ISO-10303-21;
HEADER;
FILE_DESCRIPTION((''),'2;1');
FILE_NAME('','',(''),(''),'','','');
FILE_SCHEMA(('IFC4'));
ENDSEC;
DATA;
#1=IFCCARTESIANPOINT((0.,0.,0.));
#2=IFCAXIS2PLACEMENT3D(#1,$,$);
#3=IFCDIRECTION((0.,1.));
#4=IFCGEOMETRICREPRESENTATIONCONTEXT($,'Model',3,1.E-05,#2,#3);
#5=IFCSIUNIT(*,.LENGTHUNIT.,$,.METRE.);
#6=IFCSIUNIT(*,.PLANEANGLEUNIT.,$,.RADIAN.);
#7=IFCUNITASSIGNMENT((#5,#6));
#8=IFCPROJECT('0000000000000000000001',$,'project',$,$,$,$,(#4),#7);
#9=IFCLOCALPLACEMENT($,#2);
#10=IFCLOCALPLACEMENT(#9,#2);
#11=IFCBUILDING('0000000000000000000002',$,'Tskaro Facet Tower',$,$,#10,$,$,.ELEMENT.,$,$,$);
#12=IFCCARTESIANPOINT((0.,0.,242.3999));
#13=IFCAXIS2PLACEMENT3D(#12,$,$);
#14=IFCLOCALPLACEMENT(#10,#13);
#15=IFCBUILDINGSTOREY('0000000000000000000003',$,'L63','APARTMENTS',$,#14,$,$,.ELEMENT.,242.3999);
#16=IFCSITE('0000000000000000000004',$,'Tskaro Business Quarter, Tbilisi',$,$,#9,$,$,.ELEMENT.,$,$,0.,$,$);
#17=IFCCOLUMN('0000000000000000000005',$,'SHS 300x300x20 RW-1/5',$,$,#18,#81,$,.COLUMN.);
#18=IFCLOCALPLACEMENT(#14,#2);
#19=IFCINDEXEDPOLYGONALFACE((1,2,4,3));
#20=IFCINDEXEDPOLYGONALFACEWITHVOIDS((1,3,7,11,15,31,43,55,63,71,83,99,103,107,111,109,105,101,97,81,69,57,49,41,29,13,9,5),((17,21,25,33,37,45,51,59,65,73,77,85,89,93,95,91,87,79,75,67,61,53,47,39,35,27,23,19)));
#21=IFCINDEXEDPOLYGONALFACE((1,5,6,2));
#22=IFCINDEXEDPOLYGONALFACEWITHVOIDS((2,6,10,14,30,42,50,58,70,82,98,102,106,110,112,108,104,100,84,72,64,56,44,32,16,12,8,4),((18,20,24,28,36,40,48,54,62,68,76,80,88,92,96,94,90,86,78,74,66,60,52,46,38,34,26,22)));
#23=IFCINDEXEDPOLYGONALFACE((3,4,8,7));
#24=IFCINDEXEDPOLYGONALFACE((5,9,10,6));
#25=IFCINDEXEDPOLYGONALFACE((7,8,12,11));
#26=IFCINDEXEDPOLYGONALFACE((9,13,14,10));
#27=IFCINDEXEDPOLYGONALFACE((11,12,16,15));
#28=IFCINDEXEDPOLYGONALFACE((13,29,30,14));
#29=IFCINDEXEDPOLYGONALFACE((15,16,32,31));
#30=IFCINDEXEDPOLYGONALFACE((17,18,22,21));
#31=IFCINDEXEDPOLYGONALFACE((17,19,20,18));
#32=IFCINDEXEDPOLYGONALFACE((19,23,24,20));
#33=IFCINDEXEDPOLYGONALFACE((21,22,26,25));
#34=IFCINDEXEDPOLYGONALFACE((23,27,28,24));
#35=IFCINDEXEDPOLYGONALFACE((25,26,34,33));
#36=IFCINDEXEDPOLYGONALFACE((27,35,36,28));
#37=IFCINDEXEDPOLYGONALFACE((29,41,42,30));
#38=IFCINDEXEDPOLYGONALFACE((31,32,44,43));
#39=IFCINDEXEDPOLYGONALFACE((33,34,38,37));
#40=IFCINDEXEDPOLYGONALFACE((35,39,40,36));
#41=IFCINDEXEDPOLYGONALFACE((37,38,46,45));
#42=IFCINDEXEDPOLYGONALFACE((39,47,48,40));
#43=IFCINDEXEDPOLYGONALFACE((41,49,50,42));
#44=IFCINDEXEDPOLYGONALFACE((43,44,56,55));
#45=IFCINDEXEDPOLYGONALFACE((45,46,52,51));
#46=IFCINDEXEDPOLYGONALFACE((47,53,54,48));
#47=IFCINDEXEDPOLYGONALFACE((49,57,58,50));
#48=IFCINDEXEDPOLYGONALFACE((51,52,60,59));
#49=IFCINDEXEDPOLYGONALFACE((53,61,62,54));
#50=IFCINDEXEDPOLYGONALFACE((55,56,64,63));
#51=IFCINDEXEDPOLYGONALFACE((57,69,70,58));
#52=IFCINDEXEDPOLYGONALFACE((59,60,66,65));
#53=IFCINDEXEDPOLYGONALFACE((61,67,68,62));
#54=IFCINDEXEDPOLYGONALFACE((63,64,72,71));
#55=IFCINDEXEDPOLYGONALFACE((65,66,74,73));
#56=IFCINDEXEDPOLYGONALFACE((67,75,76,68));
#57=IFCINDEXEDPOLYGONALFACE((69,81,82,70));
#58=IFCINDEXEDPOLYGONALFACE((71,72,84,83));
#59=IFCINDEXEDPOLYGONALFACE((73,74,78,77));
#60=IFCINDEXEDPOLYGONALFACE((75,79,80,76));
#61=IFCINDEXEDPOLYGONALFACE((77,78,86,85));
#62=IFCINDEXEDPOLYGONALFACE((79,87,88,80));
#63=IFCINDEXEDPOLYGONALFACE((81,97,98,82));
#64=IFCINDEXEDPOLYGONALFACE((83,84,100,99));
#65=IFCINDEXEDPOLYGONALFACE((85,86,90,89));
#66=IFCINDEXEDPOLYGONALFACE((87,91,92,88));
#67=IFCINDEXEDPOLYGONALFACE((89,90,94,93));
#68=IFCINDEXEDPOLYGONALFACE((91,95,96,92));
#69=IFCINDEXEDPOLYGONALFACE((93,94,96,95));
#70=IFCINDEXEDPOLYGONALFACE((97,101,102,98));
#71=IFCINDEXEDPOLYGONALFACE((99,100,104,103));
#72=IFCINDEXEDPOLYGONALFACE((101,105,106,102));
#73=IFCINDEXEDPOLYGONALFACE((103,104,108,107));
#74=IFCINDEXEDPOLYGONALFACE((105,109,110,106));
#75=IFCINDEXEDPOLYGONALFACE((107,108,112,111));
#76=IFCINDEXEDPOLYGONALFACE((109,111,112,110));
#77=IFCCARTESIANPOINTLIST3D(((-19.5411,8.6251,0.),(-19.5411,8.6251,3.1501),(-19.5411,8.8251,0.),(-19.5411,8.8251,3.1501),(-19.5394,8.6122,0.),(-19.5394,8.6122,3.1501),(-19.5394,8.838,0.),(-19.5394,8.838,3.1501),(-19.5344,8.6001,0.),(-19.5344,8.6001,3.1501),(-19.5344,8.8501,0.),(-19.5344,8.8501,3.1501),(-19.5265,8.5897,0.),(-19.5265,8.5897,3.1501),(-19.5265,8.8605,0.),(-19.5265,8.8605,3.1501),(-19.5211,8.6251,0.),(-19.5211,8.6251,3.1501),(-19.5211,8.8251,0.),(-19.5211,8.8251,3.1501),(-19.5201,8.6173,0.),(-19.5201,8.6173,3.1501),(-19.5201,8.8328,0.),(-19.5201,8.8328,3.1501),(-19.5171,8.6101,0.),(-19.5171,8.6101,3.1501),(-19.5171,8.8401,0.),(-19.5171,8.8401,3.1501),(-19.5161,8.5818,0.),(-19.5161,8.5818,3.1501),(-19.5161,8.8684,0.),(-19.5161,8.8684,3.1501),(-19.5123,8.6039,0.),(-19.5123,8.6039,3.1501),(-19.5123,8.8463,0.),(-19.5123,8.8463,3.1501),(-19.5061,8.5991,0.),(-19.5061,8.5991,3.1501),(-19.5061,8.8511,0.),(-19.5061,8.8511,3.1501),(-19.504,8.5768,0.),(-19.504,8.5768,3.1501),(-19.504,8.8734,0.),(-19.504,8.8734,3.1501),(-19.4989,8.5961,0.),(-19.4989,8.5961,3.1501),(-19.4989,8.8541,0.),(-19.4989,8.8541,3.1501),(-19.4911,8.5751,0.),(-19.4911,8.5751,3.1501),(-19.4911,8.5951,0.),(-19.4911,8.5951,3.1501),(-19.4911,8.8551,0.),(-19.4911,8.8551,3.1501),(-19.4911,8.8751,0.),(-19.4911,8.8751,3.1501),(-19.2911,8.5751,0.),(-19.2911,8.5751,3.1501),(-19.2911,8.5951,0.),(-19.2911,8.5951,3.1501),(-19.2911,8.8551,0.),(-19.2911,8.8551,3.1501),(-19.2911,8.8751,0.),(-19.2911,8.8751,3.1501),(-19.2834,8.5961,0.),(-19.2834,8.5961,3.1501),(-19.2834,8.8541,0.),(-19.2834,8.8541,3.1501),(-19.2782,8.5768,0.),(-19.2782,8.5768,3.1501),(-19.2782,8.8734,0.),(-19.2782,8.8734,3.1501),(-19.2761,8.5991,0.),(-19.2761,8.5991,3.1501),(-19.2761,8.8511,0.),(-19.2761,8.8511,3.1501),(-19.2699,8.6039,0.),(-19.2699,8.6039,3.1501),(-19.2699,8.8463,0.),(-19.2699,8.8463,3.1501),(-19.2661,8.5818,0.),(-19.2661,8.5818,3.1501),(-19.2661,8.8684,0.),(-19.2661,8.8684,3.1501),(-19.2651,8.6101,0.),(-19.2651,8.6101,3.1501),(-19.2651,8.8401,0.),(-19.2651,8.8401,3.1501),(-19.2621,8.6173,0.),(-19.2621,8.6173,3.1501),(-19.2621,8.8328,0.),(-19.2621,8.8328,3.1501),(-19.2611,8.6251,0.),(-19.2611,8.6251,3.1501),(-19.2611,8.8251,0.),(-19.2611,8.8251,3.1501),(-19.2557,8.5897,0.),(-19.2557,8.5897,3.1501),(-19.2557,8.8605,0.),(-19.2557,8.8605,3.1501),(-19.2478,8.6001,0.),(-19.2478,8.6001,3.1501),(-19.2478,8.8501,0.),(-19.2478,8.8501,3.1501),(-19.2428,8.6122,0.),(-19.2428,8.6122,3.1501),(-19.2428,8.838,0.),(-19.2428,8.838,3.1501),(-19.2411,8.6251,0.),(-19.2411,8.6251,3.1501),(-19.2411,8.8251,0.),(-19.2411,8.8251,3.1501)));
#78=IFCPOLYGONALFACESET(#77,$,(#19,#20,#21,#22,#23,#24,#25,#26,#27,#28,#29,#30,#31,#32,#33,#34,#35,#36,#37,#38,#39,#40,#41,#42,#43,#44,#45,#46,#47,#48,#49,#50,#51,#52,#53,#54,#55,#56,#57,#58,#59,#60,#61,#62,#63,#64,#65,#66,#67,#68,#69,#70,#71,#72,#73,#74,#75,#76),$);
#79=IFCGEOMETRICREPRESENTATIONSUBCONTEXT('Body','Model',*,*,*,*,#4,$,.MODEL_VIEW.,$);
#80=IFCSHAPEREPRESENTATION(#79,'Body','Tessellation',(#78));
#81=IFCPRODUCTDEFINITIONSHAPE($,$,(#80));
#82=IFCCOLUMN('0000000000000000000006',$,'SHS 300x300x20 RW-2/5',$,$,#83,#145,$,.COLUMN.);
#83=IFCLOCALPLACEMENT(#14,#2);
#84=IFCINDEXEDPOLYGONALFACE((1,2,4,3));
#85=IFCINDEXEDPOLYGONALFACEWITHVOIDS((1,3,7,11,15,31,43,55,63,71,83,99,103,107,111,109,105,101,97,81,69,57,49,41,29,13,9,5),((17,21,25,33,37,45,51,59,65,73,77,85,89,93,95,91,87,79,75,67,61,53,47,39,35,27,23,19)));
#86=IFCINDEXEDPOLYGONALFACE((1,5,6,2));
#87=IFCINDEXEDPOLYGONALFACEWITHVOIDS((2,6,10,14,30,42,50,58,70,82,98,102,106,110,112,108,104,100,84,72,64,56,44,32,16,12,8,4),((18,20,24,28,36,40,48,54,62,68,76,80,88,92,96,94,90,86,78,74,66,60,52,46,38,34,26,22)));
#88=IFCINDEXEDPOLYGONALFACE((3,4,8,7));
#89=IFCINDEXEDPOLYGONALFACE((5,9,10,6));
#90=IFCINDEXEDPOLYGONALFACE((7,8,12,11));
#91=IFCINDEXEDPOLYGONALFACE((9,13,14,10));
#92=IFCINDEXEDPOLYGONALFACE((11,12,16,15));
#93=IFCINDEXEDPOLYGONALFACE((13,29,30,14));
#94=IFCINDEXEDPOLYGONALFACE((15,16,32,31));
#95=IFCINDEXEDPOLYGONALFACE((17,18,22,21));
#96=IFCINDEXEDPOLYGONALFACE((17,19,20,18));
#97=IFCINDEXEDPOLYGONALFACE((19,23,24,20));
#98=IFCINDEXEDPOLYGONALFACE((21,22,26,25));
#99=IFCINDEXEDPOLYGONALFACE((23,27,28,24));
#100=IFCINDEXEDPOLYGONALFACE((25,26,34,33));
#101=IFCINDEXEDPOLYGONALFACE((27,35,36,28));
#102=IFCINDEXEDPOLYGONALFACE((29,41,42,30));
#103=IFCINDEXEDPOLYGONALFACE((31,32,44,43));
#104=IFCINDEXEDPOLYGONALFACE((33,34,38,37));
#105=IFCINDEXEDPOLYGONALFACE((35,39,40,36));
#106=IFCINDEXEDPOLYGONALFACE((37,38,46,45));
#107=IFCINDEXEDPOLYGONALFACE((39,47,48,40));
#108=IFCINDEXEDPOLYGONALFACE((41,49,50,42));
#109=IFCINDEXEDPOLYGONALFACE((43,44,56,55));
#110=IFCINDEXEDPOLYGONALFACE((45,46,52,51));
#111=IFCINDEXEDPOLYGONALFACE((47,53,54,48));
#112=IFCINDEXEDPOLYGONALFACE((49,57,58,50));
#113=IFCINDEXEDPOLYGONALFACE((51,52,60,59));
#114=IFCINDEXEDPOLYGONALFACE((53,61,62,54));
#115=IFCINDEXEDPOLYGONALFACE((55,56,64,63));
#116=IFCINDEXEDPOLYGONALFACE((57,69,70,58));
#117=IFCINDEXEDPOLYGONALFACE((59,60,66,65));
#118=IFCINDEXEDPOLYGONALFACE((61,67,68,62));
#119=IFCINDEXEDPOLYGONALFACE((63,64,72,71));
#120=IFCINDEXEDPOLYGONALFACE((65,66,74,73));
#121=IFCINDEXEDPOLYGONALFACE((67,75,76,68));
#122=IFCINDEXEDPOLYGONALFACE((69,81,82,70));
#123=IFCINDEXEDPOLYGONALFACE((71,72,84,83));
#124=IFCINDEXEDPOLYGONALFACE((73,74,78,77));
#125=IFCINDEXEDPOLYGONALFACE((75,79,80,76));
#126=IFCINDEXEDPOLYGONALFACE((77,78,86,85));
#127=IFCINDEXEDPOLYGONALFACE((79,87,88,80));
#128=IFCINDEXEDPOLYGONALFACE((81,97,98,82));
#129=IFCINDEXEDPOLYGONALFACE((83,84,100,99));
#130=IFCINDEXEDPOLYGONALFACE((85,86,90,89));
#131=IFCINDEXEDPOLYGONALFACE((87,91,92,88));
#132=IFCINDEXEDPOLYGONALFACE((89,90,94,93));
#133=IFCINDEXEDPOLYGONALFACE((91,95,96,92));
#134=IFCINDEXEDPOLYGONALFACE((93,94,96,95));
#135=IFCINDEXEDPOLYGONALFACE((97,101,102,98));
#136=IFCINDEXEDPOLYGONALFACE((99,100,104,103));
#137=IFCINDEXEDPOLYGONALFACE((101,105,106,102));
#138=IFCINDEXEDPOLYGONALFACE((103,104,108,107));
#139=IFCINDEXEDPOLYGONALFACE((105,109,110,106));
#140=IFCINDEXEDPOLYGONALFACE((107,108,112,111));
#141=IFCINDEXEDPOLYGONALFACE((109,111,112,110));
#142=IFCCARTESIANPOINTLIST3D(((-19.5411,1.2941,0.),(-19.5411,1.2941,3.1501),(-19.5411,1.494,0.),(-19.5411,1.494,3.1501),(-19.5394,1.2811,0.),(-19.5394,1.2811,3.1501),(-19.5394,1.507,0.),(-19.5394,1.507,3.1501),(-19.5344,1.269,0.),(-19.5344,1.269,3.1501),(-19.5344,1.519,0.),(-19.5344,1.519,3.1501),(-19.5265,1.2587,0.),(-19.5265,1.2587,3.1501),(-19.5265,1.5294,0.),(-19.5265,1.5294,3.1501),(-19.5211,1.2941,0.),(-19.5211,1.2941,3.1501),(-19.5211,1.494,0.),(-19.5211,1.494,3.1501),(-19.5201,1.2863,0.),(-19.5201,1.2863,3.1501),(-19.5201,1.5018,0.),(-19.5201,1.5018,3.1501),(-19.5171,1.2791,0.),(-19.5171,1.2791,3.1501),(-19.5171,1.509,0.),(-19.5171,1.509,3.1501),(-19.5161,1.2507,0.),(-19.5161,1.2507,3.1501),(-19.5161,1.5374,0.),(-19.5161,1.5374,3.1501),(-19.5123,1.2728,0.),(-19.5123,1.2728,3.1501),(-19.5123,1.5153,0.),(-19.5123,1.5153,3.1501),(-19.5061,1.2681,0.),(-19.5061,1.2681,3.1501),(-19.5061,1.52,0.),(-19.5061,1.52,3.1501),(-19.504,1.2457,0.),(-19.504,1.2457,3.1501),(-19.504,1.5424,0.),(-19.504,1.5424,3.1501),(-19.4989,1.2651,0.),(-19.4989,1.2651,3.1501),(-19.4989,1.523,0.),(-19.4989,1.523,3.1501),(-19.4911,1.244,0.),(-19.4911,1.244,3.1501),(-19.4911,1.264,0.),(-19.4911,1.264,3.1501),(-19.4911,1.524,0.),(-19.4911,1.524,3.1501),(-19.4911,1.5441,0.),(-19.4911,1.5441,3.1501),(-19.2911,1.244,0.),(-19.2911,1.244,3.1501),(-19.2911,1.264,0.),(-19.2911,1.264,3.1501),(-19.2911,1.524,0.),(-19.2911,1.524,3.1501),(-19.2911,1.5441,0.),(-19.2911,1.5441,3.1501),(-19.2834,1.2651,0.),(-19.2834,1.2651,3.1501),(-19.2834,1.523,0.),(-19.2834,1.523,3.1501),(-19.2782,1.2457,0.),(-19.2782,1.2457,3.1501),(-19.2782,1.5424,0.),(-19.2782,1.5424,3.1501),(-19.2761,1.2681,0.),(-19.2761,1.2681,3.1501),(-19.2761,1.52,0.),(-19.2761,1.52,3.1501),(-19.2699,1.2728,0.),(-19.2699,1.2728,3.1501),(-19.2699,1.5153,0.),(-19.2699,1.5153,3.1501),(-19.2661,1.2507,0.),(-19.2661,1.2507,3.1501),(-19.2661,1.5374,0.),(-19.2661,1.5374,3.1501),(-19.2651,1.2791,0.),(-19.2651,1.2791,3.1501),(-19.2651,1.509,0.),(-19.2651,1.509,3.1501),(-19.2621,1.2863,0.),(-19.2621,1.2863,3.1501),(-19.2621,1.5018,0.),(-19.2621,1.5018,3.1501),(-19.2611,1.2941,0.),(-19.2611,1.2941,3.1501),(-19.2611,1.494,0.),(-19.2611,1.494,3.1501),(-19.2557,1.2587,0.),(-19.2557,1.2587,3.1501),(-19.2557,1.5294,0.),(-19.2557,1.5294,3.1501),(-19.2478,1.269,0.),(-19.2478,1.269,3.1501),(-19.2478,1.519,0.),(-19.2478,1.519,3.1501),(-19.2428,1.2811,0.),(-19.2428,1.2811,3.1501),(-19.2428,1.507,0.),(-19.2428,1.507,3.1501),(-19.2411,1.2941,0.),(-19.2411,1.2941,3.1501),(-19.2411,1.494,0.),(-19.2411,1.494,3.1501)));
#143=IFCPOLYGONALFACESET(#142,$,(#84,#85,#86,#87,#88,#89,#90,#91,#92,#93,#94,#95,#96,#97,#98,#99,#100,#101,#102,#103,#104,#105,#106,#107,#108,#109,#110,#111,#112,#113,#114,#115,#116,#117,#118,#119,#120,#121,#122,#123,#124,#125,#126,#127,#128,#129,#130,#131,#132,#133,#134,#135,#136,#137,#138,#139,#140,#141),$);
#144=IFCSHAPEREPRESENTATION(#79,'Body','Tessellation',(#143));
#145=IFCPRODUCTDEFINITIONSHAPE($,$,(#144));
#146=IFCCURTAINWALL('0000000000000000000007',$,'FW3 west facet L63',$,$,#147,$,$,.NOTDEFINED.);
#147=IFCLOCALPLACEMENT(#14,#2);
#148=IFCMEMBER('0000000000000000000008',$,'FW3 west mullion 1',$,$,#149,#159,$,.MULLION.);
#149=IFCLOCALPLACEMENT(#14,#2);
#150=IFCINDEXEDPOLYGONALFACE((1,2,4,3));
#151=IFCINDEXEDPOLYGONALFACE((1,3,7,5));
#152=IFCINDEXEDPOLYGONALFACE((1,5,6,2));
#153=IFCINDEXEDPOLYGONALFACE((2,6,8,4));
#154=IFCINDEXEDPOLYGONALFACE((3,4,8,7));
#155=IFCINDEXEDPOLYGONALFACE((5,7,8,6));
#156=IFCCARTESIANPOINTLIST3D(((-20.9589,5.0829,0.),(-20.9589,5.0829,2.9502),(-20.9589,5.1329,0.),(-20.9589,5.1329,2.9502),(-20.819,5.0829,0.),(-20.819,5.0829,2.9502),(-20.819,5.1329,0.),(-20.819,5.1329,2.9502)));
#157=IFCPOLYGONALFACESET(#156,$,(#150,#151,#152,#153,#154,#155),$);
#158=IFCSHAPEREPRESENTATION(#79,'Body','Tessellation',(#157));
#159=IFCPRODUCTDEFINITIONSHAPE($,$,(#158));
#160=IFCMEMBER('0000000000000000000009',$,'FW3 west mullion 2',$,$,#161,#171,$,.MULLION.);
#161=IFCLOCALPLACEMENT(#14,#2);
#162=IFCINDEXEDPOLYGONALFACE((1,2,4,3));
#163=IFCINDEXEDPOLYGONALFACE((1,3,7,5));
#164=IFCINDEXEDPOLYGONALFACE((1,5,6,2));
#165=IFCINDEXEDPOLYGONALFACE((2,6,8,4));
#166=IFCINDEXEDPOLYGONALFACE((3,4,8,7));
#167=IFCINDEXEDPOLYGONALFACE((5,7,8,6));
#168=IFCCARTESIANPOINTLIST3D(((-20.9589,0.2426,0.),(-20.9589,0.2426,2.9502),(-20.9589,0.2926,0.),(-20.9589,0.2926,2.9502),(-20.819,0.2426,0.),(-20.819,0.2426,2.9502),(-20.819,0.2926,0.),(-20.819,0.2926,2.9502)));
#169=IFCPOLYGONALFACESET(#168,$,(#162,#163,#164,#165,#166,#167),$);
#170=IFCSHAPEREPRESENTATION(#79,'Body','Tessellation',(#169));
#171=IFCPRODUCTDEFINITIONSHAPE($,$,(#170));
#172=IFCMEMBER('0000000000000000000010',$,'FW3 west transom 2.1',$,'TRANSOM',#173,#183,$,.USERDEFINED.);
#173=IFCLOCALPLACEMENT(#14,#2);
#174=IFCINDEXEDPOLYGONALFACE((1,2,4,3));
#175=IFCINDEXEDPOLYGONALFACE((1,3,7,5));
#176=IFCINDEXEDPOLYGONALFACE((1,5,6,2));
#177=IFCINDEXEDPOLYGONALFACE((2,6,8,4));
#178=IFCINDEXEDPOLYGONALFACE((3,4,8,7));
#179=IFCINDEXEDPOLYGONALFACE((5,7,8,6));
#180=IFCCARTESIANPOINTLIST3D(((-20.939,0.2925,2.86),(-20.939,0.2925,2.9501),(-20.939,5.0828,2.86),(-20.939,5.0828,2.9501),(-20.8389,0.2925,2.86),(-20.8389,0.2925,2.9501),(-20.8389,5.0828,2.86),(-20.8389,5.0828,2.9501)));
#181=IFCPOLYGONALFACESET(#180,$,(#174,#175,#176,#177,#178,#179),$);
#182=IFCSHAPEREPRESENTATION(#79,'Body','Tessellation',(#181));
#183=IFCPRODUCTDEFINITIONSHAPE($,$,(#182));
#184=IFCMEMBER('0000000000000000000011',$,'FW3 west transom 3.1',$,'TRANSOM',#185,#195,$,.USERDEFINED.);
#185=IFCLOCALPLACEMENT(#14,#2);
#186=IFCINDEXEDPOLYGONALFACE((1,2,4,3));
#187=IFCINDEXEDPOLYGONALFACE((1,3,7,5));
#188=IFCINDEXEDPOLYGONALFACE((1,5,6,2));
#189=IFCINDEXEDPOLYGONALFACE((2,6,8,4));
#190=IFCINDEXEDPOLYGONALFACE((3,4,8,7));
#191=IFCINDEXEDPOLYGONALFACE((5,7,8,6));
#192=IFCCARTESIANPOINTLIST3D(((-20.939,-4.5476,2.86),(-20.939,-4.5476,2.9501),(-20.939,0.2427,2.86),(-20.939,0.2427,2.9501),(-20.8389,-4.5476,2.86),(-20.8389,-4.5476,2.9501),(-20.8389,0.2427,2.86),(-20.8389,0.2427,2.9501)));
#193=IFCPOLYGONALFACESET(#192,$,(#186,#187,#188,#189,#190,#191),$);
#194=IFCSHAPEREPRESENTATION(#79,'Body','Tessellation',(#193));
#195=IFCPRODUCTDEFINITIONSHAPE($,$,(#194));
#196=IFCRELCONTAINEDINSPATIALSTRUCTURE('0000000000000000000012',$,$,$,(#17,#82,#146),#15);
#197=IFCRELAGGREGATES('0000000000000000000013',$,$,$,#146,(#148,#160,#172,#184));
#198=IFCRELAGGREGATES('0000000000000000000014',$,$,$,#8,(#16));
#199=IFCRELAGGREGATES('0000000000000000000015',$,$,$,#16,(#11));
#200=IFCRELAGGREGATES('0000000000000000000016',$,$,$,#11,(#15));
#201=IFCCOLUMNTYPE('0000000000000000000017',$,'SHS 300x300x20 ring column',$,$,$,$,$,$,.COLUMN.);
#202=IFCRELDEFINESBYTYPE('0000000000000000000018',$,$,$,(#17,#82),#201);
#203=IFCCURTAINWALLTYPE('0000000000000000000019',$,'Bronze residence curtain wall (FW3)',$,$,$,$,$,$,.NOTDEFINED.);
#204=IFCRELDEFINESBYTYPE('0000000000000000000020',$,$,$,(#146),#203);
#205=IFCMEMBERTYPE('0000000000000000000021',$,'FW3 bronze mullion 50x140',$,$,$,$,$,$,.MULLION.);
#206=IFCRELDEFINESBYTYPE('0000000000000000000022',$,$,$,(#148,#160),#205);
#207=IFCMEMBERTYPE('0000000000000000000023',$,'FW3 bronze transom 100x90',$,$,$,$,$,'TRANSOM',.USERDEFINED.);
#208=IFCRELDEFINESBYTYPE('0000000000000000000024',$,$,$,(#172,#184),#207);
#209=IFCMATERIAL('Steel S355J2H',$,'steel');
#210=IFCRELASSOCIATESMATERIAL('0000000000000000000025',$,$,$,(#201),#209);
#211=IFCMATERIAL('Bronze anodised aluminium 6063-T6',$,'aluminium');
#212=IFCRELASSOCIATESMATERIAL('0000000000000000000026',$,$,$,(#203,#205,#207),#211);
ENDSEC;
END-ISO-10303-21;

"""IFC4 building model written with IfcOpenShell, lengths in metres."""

from ifc_helpers import new_model, si_unit, direction, frame, origin, origin_2d, place, context, subcontext, project, spatial, rectangle, hollow_rectangle, extrude, material, material_profile, profile_set, type_object, element, aggregate, save


model = new_model("IFC4")

# Units and contexts
model_context = context("Model", 3, precision=1e-05, world=origin(), true_north=direction((0.0, 1.0)))
body_context = subcontext(model_context, "Body", "Model", "MODEL_VIEW")
ifc_project = project(units=[si_unit("LENGTHUNIT", "METRE"), si_unit("PLANEANGLEUNIT", "RADIAN")], contexts=[model_context])

# Site, building, storey
site_placement = place(None, origin())
site = spatial("IfcSite", under=ifc_project, at=site_placement, Name="Tskaro Business Quarter, Tbilisi", CompositionType="ELEMENT", RefElevation=0.0)
building_placement = place(site_placement, origin())
building = spatial("IfcBuilding", under=site, at=building_placement, Name="Tskaro Facet Tower", CompositionType="ELEMENT")
storey_placement = place(building_placement, frame((0.0, 0.0, 242.3999)))
storey = spatial("IfcBuildingStorey", under=building, at=storey_placement, Name="L63", Description="APARTMENTS", CompositionType="ELEMENT", Elevation=242.3999)

# Columns
ifc_material_1 = material(Name="Steel S355J2H", Category="steel")
ifc_material_profile_1 = material_profile(ifc_material_1, hollow_rectangle(XDim=0.3, YDim=0.3, WallThickness=0.02, InnerFilletRadius=0.03, OuterFilletRadius=0.05, at=origin_2d()), Name="SHS 300x300x20")
ifc_profile_set_1 = profile_set([ifc_material_profile_1], Name="Steel S355J2H")
column_type = type_object("IfcColumnType", Name="SHS 300x300x20 ring column", PredefinedType="COLUMN", material=ifc_profile_set_1)
for number, where, z_axis, x_axis, name in (
    (1, (-19.3911, 8.7251, 0.0), (0.0, 0.0, 1.0), (1.0, 0.0, 0.0), "SHS 300x300x20 RW-1/5"),
    (2, (-19.3911, 1.394, 0.0), (0.0, 0.0, 1.0), (1.0, 0.0, 0.0), "SHS 300x300x20 RW-2/5"),
):
    element("IfcColumn", number, at=place(storey_placement, frame(where, z_axis=z_axis, x_axis=x_axis)), inside=storey, type_object=column_type, Name=name, PredefinedType="COLUMN", context=body_context, shape_type="SweptSolid", body=[
        extrude(hollow_rectangle(XDim=0.3, YDim=0.3, WallThickness=0.02, InnerFilletRadius=0.03, OuterFilletRadius=0.05, at=origin_2d()), origin(), (0.0, 0.0, 1.0), 3.1501),
    ])

# Curtain wall, members
ifc_material_2 = material(Name="Bronze anodised aluminium 6063-T6", Category="aluminium")
curtain_wall_type = type_object("IfcCurtainWallType", Name="Bronze residence curtain wall (FW3)", PredefinedType="NOTDEFINED", material=ifc_material_2)
curtain_wall_placement = place(storey_placement, origin())
curtain_wall = element("IfcCurtainWall", 3, at=curtain_wall_placement, inside=storey, type_object=curtain_wall_type, Name="FW3 west facet L63", PredefinedType="NOTDEFINED")
ifc_material_profile_2 = material_profile(ifc_material_2, rectangle(XDim=0.05, YDim=0.1399, at=origin_2d()), Name="Mullion 50x140")
ifc_profile_set_2 = profile_set([ifc_material_profile_2], Name="Bronze anodised aluminium 6063-T6")
member_type_1 = type_object("IfcMemberType", Name="FW3 bronze mullion 50x140", PredefinedType="MULLION", material=ifc_profile_set_2)
member_1_placement = place(storey_placement, frame((-20.8889, 5.1079, 0.0), z_axis=(0.0, 0.0, 1.0), x_axis=(0.0, -1.0, 0.0)))
member_1 = element("IfcMember", 4, at=member_1_placement, type_object=member_type_1, Name="FW3 west mullion 1", PredefinedType="MULLION", context=body_context, shape_type="SweptSolid", body=[
    extrude(rectangle(XDim=0.05, YDim=0.1399, at=origin_2d()), origin(), (0.0, 0.0, 1.0), 2.9502),
])
member_2_placement = place(storey_placement, frame((-20.8889, 0.2676, 0.0), z_axis=(0.0, 0.0, 1.0), x_axis=(0.0, -1.0, 0.0)))
member_2 = element("IfcMember", 5, at=member_2_placement, type_object=member_type_1, Name="FW3 west mullion 2", PredefinedType="MULLION", context=body_context, shape_type="SweptSolid", body=[
    extrude(rectangle(XDim=0.05, YDim=0.1399, at=origin_2d()), origin(), (0.0, 0.0, 1.0), 2.9502),
])
ifc_material_profile_3 = material_profile(ifc_material_2, rectangle(XDim=0.1001, YDim=0.0901, at=origin_2d()), Name="Transom 100x90")
ifc_profile_set_3 = profile_set([ifc_material_profile_3], Name="Bronze anodised aluminium 6063-T6")
member_type_2 = type_object("IfcMemberType", Name="FW3 bronze transom 100x90", ElementType="TRANSOM", PredefinedType="USERDEFINED", material=ifc_profile_set_3)
member_3_placement = place(storey_placement, frame((-20.8889, 5.0828, 2.905), z_axis=(0.0, -1.0, 0.0), x_axis=(1.0, 0.0, 0.0)))
member_3 = element("IfcMember", 6, at=member_3_placement, type_object=member_type_2, Name="FW3 west transom 2.1", ObjectType="TRANSOM", PredefinedType="USERDEFINED", context=body_context, shape_type="SweptSolid", body=[
    extrude(rectangle(XDim=0.1001, YDim=0.0901, at=origin_2d()), origin(), (0.0, 0.0, 1.0), 4.7903),
])
member_4_placement = place(storey_placement, frame((-20.8889, 0.2427, 2.905), z_axis=(0.0, -1.0, 0.0), x_axis=(1.0, 0.0, 0.0)))
member_4 = element("IfcMember", 7, at=member_4_placement, type_object=member_type_2, Name="FW3 west transom 3.1", ObjectType="TRANSOM", PredefinedType="USERDEFINED", context=body_context, shape_type="SweptSolid", body=[
    extrude(rectangle(XDim=0.1001, YDim=0.0901, at=origin_2d()), origin(), (0.0, 0.0, 1.0), 4.7903),
])

aggregate(curtain_wall, [member_1, member_2, member_3, member_4])

save(model, "model.ifc")
